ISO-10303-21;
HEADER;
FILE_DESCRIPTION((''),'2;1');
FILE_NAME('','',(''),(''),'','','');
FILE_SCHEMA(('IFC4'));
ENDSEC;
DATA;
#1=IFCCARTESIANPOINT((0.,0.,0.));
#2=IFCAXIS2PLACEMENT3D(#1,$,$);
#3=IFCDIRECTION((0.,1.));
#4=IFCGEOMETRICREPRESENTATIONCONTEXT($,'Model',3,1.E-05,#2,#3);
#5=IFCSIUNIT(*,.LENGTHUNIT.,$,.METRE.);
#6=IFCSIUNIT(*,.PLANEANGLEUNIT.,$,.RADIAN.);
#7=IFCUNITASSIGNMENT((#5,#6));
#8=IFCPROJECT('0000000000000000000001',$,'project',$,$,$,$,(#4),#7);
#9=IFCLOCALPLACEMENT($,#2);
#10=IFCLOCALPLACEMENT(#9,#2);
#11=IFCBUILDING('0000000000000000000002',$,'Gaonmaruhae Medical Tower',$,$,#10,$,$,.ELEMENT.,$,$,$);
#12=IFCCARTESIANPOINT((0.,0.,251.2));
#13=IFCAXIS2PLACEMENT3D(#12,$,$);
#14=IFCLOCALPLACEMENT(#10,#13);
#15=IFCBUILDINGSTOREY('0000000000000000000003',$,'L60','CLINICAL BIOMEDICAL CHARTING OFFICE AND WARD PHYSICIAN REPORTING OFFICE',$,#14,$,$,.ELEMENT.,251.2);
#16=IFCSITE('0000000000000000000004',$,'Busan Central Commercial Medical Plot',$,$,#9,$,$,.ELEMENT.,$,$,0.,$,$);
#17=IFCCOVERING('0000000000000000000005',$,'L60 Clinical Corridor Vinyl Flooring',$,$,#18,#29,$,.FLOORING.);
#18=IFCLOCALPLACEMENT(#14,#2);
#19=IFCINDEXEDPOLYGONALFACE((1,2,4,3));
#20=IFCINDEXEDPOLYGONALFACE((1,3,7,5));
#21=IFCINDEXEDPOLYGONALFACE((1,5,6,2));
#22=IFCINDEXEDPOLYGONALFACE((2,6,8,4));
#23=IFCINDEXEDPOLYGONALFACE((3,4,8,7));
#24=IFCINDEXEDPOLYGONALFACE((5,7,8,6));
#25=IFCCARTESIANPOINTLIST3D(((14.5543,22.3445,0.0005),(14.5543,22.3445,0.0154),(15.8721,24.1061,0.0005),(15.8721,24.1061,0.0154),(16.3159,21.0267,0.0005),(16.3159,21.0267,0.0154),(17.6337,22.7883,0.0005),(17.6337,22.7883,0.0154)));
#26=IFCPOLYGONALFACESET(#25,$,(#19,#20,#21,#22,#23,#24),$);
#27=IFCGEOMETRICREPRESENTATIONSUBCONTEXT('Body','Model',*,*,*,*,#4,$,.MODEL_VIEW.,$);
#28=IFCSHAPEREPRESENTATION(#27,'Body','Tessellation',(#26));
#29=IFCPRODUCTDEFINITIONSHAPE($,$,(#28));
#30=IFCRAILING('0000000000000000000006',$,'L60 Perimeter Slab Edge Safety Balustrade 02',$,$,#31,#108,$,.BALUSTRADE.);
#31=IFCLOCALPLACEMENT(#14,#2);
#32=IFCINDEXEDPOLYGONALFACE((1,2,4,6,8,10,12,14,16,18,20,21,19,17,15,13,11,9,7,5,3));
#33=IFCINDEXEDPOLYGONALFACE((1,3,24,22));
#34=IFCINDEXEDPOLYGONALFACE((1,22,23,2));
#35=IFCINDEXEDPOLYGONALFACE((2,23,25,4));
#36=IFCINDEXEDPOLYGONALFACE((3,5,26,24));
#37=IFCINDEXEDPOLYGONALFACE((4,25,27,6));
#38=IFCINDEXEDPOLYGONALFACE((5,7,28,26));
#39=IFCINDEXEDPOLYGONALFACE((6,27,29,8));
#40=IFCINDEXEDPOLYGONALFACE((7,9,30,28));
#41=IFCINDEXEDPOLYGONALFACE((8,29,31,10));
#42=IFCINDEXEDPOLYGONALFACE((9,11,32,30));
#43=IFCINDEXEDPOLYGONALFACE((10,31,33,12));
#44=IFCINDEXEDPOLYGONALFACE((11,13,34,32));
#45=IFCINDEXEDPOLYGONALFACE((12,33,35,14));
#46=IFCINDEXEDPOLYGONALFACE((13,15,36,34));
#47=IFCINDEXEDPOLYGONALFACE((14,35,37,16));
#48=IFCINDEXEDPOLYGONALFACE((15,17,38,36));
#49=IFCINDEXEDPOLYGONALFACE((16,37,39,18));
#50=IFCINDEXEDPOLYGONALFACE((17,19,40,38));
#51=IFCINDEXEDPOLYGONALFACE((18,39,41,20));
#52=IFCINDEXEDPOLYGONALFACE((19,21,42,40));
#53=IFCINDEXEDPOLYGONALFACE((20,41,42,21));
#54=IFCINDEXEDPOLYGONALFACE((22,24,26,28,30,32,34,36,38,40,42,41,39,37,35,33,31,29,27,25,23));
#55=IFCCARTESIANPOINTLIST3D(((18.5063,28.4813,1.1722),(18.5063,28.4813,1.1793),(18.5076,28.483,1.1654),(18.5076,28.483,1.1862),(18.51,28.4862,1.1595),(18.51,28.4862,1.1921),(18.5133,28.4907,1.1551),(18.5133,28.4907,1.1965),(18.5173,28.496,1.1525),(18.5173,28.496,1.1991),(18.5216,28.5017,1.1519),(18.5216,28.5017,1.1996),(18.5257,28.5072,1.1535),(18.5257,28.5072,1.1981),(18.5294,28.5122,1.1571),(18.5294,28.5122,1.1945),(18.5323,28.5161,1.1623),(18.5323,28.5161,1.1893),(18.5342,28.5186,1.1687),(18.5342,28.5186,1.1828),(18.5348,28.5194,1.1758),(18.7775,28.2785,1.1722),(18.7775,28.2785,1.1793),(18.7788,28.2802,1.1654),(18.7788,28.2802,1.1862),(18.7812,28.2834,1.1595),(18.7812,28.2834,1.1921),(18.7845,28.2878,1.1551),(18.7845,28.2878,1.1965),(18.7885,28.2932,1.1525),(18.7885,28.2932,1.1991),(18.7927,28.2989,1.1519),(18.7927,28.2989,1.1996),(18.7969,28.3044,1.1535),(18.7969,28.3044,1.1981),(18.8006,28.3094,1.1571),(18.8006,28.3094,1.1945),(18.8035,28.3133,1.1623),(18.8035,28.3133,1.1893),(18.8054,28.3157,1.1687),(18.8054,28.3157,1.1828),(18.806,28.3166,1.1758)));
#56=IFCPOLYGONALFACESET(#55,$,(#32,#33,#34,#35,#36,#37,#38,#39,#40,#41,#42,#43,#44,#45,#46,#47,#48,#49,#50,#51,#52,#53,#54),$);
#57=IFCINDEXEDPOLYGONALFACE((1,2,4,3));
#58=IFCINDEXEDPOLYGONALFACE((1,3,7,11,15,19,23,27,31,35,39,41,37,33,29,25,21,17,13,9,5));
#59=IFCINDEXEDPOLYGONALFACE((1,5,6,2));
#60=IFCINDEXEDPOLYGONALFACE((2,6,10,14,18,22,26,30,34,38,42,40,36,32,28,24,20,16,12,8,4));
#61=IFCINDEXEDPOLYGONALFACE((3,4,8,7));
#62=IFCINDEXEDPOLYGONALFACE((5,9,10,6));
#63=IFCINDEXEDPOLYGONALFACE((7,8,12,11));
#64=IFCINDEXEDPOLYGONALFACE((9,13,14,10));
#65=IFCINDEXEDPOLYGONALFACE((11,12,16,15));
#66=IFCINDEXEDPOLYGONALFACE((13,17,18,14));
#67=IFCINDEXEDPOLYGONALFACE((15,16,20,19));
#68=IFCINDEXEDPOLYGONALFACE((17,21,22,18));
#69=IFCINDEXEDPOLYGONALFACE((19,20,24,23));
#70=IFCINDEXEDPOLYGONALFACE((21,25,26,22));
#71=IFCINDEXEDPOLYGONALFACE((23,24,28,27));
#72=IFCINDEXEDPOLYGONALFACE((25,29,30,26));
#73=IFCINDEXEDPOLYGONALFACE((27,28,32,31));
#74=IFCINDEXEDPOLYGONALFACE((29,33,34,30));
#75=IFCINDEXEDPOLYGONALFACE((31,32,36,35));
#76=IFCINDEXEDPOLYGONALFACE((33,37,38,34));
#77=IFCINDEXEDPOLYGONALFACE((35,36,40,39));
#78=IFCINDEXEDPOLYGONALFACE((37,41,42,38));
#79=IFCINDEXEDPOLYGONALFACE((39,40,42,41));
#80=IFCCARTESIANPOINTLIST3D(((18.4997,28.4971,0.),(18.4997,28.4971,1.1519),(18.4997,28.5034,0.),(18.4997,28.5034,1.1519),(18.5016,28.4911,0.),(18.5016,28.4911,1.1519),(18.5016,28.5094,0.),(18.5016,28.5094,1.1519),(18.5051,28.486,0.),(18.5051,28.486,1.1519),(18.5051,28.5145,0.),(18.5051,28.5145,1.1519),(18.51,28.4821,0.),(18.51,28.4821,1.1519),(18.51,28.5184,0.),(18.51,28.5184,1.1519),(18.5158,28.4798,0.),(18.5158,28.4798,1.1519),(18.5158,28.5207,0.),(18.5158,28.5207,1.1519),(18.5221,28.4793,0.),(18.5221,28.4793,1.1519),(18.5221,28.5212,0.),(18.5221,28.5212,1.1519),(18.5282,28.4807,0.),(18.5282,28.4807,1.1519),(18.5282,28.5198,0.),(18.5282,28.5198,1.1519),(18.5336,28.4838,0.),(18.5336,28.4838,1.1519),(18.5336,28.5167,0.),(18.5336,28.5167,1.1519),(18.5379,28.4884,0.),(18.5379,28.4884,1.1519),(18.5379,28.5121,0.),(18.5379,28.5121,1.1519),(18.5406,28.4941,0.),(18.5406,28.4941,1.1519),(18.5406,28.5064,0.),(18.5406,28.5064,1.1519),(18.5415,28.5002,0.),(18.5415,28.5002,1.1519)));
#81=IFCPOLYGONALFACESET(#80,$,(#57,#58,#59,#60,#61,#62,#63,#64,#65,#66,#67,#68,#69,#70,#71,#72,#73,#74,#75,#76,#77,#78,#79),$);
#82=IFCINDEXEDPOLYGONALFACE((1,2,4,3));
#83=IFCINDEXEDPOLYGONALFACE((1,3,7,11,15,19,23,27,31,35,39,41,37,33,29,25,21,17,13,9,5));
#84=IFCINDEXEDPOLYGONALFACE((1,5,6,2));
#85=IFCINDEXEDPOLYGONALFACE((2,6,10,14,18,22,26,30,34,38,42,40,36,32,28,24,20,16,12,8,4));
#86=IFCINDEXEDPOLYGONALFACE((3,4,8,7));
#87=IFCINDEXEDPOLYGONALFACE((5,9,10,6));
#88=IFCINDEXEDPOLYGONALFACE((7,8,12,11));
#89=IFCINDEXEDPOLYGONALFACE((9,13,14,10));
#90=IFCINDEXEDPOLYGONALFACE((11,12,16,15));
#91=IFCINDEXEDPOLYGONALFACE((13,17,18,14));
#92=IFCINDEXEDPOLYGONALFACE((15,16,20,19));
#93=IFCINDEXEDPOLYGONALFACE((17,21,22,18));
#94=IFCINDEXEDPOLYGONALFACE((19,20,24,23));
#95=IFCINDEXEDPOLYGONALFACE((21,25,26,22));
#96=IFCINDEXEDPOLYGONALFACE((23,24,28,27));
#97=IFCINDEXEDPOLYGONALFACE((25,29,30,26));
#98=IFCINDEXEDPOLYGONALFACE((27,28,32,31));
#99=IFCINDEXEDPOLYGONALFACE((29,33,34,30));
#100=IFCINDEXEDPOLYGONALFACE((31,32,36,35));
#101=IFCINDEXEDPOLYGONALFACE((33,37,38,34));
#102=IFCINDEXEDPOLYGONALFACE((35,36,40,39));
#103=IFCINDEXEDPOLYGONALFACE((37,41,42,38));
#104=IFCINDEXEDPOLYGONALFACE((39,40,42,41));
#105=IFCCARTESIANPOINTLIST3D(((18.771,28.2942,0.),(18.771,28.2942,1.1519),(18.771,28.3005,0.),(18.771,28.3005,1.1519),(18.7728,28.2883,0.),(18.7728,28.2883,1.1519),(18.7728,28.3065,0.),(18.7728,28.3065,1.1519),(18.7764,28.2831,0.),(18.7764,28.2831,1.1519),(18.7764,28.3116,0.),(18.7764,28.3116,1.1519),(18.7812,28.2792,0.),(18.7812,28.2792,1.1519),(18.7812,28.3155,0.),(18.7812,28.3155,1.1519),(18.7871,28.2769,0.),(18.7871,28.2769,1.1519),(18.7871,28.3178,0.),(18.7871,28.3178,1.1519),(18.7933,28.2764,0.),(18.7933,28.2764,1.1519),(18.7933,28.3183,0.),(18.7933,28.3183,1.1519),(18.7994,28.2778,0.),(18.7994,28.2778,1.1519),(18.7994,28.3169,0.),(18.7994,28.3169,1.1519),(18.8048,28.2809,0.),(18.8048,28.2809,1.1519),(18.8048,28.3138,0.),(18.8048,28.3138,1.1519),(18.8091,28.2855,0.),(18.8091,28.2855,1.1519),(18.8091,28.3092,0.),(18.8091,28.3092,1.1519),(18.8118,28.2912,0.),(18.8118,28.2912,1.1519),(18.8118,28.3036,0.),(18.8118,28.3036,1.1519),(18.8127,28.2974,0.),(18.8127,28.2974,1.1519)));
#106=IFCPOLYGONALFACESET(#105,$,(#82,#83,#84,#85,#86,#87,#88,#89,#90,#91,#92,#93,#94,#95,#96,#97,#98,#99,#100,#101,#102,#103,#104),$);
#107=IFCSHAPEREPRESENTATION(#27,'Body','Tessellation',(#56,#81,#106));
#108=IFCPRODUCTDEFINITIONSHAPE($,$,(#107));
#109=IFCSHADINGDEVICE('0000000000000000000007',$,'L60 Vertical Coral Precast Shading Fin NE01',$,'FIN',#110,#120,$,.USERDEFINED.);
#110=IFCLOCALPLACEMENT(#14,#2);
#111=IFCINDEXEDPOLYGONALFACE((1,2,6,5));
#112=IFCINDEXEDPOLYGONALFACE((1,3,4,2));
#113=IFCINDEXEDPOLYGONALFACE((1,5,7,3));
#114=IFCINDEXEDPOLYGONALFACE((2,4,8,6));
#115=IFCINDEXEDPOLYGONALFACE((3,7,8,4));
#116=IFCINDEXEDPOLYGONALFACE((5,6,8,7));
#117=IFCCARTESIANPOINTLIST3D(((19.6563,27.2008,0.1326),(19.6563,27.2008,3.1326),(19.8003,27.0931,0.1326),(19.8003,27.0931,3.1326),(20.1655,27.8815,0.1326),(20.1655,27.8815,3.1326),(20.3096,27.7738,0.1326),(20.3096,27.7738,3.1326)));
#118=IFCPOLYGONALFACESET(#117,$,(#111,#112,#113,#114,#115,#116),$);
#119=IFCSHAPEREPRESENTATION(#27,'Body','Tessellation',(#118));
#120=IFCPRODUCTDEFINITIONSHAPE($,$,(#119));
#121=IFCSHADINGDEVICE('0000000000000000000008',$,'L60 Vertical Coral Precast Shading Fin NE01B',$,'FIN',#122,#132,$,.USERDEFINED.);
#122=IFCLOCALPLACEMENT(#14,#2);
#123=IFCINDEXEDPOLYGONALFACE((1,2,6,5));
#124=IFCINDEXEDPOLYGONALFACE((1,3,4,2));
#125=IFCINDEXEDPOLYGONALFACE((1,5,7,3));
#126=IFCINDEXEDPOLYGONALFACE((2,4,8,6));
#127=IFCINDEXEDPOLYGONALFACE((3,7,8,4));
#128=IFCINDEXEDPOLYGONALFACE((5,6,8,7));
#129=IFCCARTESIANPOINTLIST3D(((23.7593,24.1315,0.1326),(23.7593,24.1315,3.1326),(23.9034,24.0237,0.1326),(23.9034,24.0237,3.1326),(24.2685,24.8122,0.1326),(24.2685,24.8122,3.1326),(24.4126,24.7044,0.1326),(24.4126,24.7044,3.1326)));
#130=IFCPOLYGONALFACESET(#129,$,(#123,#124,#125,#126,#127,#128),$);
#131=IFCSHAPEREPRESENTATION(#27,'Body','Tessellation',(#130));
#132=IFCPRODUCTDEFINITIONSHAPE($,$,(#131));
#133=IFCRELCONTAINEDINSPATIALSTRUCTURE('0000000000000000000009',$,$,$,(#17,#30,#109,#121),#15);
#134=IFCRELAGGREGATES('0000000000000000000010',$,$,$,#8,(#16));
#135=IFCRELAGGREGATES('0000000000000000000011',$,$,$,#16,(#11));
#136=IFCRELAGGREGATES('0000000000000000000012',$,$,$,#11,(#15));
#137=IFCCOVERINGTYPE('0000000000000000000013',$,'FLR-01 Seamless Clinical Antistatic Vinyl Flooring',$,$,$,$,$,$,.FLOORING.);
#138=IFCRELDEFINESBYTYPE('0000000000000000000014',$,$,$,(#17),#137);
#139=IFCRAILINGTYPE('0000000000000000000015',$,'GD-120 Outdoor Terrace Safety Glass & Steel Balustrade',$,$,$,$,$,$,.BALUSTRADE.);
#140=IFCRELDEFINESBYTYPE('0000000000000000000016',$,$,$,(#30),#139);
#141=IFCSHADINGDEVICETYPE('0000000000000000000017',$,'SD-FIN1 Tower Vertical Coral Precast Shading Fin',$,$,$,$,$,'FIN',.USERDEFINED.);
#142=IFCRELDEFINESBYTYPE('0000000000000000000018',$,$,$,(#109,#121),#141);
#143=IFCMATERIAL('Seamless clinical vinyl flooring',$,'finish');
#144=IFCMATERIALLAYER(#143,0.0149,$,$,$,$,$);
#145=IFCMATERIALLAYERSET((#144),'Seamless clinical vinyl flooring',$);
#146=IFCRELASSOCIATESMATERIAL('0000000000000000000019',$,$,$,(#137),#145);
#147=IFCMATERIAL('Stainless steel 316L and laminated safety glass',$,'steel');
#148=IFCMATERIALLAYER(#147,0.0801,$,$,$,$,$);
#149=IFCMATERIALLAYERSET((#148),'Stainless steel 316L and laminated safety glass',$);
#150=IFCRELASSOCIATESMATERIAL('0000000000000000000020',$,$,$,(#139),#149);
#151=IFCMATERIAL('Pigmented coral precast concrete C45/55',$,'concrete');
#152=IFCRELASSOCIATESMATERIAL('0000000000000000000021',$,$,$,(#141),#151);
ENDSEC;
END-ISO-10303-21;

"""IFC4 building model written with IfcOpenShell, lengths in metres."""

from ifc_helpers import new_model, si_unit, direction, frame, origin, origin_2d, place, context, subcontext, project, spatial, rectangle, circle, extrude, material, layer, layer_set, type_object, element, save


model = new_model("IFC4")

# Units and contexts
model_context = context("Model", 3, precision=1e-05, world=origin(), true_north=direction((0.0, 1.0)))
body_context = subcontext(model_context, "Body", "Model", "MODEL_VIEW")
ifc_project = project(units=[si_unit("LENGTHUNIT", "METRE"), si_unit("PLANEANGLEUNIT", "RADIAN")], contexts=[model_context])

# Site, building, storey
site_placement = place(None, origin())
site = spatial("IfcSite", under=ifc_project, at=site_placement, Name="Busan Central Commercial Medical Plot", CompositionType="ELEMENT", RefElevation=0.0)
building_placement = place(site_placement, origin())
building = spatial("IfcBuilding", under=site, at=building_placement, Name="Gaonmaruhae Medical Tower", CompositionType="ELEMENT")
storey_placement = place(building_placement, frame((0.0, 0.0, 251.2)))
storey = spatial("IfcBuildingStorey", under=building, at=storey_placement, Name="L60", Description="CLINICAL BIOMEDICAL CHARTING OFFICE AND WARD PHYSICIAN REPORTING OFFICE", CompositionType="ELEMENT", Elevation=251.2)

# Covering
ifc_material_1 = material(Name="Seamless clinical vinyl flooring", Category="finish")
ifc_layer_1 = layer(ifc_material_1, 0.0149)
ifc_layer_set_1 = layer_set([ifc_layer_1], Name="Seamless clinical vinyl flooring")
covering_type_1 = type_object("IfcCoveringType", Name="FLR-01 Seamless Clinical Antistatic Vinyl Flooring", PredefinedType="FLOORING", material=ifc_layer_set_1)
covering_1_placement = place(storey_placement, frame((16.094, 22.5664, 0.0005), z_axis=(0.0, 0.0, 1.0), x_axis=(0.599024, 0.800731, 0.0)))
element("IfcCovering", 1, at=covering_1_placement, inside=storey, type_object=covering_type_1, Name="L60 Clinical Corridor Vinyl Flooring", PredefinedType="FLOORING", context=body_context, shape_type="SweptSolid", body=[
    extrude(rectangle(XDim=2.2, YDim=2.2, at=origin_2d()), origin(), (0.0, 0.0, 1.0), 0.0149),
])

# Railing
ifc_material_2 = material(Name="Stainless steel 316L and laminated safety glass", Category="steel")
ifc_layer_2 = layer(ifc_material_2, 0.0801)
ifc_layer_set_2 = layer_set([ifc_layer_2], Name="Stainless steel 316L and laminated safety glass")
railing_type = type_object("IfcRailingType", Name="GD-120 Outdoor Terrace Safety Glass & Steel Balustrade", PredefinedType="BALUSTRADE", material=ifc_layer_set_2)
railing_placement = place(storey_placement, frame((18.5205, 28.5002, 0.0)))
element("IfcRailing", 2, at=railing_placement, inside=storey, type_object=railing_type, Name="L60 Perimeter Slab Edge Safety Balustrade 02", PredefinedType="BALUSTRADE", context=body_context, shape_type="SweptSolid", body=[
    extrude(circle(Radius=0.0239, at=origin_2d()), frame((0.0, 0.0, 1.1758), z_axis=(0.800778, -0.598962, 0.0), x_axis=(0.598962, 0.800778, 0.0)), (0.0, 0.0, 1.0), 0.3386),
    extrude(circle(Radius=0.021, at=origin_2d()), origin(), (0.0, 0.0, 1.0), 1.1519),
    extrude(circle(Radius=0.021, at=origin_2d()), frame((0.2712, -0.2029, 0.0)), (0.0, 0.0, 1.0), 1.1519),
])

# Shading devices
ifc_material_3 = material(Name="Pigmented coral precast concrete C45/55", Category="concrete")
shading_device_type = type_object("IfcShadingDeviceType", Name="SD-FIN1 Tower Vertical Coral Precast Shading Fin", ElementType="FIN", PredefinedType="USERDEFINED", material=ifc_material_3)
for number, where, z_axis, x_axis, name in (
    (3, (19.9829, 27.4873, 0.1326), (0.0, 0.0, 1.0), (0.800731, -0.599024, 0.0), "L60 Vertical Coral Precast Shading Fin NE01"),
    (4, (24.0859, 24.418, 0.1326), (0.0, 0.0, 1.0), (0.800731, -0.599024, 0.0), "L60 Vertical Coral Precast Shading Fin NE01B"),
):
    element("IfcShadingDevice", number, at=place(storey_placement, frame(where, z_axis=z_axis, x_axis=x_axis)), inside=storey, type_object=shading_device_type, Name=name, ObjectType="FIN", PredefinedType="USERDEFINED", context=body_context, shape_type="SweptSolid", body=[
        extrude(rectangle(XDim=0.1799, YDim=0.8501, at=origin_2d()), origin(), (0.0, 0.0, 1.0), 3.0),
    ])

save(model, "model.ifc")
